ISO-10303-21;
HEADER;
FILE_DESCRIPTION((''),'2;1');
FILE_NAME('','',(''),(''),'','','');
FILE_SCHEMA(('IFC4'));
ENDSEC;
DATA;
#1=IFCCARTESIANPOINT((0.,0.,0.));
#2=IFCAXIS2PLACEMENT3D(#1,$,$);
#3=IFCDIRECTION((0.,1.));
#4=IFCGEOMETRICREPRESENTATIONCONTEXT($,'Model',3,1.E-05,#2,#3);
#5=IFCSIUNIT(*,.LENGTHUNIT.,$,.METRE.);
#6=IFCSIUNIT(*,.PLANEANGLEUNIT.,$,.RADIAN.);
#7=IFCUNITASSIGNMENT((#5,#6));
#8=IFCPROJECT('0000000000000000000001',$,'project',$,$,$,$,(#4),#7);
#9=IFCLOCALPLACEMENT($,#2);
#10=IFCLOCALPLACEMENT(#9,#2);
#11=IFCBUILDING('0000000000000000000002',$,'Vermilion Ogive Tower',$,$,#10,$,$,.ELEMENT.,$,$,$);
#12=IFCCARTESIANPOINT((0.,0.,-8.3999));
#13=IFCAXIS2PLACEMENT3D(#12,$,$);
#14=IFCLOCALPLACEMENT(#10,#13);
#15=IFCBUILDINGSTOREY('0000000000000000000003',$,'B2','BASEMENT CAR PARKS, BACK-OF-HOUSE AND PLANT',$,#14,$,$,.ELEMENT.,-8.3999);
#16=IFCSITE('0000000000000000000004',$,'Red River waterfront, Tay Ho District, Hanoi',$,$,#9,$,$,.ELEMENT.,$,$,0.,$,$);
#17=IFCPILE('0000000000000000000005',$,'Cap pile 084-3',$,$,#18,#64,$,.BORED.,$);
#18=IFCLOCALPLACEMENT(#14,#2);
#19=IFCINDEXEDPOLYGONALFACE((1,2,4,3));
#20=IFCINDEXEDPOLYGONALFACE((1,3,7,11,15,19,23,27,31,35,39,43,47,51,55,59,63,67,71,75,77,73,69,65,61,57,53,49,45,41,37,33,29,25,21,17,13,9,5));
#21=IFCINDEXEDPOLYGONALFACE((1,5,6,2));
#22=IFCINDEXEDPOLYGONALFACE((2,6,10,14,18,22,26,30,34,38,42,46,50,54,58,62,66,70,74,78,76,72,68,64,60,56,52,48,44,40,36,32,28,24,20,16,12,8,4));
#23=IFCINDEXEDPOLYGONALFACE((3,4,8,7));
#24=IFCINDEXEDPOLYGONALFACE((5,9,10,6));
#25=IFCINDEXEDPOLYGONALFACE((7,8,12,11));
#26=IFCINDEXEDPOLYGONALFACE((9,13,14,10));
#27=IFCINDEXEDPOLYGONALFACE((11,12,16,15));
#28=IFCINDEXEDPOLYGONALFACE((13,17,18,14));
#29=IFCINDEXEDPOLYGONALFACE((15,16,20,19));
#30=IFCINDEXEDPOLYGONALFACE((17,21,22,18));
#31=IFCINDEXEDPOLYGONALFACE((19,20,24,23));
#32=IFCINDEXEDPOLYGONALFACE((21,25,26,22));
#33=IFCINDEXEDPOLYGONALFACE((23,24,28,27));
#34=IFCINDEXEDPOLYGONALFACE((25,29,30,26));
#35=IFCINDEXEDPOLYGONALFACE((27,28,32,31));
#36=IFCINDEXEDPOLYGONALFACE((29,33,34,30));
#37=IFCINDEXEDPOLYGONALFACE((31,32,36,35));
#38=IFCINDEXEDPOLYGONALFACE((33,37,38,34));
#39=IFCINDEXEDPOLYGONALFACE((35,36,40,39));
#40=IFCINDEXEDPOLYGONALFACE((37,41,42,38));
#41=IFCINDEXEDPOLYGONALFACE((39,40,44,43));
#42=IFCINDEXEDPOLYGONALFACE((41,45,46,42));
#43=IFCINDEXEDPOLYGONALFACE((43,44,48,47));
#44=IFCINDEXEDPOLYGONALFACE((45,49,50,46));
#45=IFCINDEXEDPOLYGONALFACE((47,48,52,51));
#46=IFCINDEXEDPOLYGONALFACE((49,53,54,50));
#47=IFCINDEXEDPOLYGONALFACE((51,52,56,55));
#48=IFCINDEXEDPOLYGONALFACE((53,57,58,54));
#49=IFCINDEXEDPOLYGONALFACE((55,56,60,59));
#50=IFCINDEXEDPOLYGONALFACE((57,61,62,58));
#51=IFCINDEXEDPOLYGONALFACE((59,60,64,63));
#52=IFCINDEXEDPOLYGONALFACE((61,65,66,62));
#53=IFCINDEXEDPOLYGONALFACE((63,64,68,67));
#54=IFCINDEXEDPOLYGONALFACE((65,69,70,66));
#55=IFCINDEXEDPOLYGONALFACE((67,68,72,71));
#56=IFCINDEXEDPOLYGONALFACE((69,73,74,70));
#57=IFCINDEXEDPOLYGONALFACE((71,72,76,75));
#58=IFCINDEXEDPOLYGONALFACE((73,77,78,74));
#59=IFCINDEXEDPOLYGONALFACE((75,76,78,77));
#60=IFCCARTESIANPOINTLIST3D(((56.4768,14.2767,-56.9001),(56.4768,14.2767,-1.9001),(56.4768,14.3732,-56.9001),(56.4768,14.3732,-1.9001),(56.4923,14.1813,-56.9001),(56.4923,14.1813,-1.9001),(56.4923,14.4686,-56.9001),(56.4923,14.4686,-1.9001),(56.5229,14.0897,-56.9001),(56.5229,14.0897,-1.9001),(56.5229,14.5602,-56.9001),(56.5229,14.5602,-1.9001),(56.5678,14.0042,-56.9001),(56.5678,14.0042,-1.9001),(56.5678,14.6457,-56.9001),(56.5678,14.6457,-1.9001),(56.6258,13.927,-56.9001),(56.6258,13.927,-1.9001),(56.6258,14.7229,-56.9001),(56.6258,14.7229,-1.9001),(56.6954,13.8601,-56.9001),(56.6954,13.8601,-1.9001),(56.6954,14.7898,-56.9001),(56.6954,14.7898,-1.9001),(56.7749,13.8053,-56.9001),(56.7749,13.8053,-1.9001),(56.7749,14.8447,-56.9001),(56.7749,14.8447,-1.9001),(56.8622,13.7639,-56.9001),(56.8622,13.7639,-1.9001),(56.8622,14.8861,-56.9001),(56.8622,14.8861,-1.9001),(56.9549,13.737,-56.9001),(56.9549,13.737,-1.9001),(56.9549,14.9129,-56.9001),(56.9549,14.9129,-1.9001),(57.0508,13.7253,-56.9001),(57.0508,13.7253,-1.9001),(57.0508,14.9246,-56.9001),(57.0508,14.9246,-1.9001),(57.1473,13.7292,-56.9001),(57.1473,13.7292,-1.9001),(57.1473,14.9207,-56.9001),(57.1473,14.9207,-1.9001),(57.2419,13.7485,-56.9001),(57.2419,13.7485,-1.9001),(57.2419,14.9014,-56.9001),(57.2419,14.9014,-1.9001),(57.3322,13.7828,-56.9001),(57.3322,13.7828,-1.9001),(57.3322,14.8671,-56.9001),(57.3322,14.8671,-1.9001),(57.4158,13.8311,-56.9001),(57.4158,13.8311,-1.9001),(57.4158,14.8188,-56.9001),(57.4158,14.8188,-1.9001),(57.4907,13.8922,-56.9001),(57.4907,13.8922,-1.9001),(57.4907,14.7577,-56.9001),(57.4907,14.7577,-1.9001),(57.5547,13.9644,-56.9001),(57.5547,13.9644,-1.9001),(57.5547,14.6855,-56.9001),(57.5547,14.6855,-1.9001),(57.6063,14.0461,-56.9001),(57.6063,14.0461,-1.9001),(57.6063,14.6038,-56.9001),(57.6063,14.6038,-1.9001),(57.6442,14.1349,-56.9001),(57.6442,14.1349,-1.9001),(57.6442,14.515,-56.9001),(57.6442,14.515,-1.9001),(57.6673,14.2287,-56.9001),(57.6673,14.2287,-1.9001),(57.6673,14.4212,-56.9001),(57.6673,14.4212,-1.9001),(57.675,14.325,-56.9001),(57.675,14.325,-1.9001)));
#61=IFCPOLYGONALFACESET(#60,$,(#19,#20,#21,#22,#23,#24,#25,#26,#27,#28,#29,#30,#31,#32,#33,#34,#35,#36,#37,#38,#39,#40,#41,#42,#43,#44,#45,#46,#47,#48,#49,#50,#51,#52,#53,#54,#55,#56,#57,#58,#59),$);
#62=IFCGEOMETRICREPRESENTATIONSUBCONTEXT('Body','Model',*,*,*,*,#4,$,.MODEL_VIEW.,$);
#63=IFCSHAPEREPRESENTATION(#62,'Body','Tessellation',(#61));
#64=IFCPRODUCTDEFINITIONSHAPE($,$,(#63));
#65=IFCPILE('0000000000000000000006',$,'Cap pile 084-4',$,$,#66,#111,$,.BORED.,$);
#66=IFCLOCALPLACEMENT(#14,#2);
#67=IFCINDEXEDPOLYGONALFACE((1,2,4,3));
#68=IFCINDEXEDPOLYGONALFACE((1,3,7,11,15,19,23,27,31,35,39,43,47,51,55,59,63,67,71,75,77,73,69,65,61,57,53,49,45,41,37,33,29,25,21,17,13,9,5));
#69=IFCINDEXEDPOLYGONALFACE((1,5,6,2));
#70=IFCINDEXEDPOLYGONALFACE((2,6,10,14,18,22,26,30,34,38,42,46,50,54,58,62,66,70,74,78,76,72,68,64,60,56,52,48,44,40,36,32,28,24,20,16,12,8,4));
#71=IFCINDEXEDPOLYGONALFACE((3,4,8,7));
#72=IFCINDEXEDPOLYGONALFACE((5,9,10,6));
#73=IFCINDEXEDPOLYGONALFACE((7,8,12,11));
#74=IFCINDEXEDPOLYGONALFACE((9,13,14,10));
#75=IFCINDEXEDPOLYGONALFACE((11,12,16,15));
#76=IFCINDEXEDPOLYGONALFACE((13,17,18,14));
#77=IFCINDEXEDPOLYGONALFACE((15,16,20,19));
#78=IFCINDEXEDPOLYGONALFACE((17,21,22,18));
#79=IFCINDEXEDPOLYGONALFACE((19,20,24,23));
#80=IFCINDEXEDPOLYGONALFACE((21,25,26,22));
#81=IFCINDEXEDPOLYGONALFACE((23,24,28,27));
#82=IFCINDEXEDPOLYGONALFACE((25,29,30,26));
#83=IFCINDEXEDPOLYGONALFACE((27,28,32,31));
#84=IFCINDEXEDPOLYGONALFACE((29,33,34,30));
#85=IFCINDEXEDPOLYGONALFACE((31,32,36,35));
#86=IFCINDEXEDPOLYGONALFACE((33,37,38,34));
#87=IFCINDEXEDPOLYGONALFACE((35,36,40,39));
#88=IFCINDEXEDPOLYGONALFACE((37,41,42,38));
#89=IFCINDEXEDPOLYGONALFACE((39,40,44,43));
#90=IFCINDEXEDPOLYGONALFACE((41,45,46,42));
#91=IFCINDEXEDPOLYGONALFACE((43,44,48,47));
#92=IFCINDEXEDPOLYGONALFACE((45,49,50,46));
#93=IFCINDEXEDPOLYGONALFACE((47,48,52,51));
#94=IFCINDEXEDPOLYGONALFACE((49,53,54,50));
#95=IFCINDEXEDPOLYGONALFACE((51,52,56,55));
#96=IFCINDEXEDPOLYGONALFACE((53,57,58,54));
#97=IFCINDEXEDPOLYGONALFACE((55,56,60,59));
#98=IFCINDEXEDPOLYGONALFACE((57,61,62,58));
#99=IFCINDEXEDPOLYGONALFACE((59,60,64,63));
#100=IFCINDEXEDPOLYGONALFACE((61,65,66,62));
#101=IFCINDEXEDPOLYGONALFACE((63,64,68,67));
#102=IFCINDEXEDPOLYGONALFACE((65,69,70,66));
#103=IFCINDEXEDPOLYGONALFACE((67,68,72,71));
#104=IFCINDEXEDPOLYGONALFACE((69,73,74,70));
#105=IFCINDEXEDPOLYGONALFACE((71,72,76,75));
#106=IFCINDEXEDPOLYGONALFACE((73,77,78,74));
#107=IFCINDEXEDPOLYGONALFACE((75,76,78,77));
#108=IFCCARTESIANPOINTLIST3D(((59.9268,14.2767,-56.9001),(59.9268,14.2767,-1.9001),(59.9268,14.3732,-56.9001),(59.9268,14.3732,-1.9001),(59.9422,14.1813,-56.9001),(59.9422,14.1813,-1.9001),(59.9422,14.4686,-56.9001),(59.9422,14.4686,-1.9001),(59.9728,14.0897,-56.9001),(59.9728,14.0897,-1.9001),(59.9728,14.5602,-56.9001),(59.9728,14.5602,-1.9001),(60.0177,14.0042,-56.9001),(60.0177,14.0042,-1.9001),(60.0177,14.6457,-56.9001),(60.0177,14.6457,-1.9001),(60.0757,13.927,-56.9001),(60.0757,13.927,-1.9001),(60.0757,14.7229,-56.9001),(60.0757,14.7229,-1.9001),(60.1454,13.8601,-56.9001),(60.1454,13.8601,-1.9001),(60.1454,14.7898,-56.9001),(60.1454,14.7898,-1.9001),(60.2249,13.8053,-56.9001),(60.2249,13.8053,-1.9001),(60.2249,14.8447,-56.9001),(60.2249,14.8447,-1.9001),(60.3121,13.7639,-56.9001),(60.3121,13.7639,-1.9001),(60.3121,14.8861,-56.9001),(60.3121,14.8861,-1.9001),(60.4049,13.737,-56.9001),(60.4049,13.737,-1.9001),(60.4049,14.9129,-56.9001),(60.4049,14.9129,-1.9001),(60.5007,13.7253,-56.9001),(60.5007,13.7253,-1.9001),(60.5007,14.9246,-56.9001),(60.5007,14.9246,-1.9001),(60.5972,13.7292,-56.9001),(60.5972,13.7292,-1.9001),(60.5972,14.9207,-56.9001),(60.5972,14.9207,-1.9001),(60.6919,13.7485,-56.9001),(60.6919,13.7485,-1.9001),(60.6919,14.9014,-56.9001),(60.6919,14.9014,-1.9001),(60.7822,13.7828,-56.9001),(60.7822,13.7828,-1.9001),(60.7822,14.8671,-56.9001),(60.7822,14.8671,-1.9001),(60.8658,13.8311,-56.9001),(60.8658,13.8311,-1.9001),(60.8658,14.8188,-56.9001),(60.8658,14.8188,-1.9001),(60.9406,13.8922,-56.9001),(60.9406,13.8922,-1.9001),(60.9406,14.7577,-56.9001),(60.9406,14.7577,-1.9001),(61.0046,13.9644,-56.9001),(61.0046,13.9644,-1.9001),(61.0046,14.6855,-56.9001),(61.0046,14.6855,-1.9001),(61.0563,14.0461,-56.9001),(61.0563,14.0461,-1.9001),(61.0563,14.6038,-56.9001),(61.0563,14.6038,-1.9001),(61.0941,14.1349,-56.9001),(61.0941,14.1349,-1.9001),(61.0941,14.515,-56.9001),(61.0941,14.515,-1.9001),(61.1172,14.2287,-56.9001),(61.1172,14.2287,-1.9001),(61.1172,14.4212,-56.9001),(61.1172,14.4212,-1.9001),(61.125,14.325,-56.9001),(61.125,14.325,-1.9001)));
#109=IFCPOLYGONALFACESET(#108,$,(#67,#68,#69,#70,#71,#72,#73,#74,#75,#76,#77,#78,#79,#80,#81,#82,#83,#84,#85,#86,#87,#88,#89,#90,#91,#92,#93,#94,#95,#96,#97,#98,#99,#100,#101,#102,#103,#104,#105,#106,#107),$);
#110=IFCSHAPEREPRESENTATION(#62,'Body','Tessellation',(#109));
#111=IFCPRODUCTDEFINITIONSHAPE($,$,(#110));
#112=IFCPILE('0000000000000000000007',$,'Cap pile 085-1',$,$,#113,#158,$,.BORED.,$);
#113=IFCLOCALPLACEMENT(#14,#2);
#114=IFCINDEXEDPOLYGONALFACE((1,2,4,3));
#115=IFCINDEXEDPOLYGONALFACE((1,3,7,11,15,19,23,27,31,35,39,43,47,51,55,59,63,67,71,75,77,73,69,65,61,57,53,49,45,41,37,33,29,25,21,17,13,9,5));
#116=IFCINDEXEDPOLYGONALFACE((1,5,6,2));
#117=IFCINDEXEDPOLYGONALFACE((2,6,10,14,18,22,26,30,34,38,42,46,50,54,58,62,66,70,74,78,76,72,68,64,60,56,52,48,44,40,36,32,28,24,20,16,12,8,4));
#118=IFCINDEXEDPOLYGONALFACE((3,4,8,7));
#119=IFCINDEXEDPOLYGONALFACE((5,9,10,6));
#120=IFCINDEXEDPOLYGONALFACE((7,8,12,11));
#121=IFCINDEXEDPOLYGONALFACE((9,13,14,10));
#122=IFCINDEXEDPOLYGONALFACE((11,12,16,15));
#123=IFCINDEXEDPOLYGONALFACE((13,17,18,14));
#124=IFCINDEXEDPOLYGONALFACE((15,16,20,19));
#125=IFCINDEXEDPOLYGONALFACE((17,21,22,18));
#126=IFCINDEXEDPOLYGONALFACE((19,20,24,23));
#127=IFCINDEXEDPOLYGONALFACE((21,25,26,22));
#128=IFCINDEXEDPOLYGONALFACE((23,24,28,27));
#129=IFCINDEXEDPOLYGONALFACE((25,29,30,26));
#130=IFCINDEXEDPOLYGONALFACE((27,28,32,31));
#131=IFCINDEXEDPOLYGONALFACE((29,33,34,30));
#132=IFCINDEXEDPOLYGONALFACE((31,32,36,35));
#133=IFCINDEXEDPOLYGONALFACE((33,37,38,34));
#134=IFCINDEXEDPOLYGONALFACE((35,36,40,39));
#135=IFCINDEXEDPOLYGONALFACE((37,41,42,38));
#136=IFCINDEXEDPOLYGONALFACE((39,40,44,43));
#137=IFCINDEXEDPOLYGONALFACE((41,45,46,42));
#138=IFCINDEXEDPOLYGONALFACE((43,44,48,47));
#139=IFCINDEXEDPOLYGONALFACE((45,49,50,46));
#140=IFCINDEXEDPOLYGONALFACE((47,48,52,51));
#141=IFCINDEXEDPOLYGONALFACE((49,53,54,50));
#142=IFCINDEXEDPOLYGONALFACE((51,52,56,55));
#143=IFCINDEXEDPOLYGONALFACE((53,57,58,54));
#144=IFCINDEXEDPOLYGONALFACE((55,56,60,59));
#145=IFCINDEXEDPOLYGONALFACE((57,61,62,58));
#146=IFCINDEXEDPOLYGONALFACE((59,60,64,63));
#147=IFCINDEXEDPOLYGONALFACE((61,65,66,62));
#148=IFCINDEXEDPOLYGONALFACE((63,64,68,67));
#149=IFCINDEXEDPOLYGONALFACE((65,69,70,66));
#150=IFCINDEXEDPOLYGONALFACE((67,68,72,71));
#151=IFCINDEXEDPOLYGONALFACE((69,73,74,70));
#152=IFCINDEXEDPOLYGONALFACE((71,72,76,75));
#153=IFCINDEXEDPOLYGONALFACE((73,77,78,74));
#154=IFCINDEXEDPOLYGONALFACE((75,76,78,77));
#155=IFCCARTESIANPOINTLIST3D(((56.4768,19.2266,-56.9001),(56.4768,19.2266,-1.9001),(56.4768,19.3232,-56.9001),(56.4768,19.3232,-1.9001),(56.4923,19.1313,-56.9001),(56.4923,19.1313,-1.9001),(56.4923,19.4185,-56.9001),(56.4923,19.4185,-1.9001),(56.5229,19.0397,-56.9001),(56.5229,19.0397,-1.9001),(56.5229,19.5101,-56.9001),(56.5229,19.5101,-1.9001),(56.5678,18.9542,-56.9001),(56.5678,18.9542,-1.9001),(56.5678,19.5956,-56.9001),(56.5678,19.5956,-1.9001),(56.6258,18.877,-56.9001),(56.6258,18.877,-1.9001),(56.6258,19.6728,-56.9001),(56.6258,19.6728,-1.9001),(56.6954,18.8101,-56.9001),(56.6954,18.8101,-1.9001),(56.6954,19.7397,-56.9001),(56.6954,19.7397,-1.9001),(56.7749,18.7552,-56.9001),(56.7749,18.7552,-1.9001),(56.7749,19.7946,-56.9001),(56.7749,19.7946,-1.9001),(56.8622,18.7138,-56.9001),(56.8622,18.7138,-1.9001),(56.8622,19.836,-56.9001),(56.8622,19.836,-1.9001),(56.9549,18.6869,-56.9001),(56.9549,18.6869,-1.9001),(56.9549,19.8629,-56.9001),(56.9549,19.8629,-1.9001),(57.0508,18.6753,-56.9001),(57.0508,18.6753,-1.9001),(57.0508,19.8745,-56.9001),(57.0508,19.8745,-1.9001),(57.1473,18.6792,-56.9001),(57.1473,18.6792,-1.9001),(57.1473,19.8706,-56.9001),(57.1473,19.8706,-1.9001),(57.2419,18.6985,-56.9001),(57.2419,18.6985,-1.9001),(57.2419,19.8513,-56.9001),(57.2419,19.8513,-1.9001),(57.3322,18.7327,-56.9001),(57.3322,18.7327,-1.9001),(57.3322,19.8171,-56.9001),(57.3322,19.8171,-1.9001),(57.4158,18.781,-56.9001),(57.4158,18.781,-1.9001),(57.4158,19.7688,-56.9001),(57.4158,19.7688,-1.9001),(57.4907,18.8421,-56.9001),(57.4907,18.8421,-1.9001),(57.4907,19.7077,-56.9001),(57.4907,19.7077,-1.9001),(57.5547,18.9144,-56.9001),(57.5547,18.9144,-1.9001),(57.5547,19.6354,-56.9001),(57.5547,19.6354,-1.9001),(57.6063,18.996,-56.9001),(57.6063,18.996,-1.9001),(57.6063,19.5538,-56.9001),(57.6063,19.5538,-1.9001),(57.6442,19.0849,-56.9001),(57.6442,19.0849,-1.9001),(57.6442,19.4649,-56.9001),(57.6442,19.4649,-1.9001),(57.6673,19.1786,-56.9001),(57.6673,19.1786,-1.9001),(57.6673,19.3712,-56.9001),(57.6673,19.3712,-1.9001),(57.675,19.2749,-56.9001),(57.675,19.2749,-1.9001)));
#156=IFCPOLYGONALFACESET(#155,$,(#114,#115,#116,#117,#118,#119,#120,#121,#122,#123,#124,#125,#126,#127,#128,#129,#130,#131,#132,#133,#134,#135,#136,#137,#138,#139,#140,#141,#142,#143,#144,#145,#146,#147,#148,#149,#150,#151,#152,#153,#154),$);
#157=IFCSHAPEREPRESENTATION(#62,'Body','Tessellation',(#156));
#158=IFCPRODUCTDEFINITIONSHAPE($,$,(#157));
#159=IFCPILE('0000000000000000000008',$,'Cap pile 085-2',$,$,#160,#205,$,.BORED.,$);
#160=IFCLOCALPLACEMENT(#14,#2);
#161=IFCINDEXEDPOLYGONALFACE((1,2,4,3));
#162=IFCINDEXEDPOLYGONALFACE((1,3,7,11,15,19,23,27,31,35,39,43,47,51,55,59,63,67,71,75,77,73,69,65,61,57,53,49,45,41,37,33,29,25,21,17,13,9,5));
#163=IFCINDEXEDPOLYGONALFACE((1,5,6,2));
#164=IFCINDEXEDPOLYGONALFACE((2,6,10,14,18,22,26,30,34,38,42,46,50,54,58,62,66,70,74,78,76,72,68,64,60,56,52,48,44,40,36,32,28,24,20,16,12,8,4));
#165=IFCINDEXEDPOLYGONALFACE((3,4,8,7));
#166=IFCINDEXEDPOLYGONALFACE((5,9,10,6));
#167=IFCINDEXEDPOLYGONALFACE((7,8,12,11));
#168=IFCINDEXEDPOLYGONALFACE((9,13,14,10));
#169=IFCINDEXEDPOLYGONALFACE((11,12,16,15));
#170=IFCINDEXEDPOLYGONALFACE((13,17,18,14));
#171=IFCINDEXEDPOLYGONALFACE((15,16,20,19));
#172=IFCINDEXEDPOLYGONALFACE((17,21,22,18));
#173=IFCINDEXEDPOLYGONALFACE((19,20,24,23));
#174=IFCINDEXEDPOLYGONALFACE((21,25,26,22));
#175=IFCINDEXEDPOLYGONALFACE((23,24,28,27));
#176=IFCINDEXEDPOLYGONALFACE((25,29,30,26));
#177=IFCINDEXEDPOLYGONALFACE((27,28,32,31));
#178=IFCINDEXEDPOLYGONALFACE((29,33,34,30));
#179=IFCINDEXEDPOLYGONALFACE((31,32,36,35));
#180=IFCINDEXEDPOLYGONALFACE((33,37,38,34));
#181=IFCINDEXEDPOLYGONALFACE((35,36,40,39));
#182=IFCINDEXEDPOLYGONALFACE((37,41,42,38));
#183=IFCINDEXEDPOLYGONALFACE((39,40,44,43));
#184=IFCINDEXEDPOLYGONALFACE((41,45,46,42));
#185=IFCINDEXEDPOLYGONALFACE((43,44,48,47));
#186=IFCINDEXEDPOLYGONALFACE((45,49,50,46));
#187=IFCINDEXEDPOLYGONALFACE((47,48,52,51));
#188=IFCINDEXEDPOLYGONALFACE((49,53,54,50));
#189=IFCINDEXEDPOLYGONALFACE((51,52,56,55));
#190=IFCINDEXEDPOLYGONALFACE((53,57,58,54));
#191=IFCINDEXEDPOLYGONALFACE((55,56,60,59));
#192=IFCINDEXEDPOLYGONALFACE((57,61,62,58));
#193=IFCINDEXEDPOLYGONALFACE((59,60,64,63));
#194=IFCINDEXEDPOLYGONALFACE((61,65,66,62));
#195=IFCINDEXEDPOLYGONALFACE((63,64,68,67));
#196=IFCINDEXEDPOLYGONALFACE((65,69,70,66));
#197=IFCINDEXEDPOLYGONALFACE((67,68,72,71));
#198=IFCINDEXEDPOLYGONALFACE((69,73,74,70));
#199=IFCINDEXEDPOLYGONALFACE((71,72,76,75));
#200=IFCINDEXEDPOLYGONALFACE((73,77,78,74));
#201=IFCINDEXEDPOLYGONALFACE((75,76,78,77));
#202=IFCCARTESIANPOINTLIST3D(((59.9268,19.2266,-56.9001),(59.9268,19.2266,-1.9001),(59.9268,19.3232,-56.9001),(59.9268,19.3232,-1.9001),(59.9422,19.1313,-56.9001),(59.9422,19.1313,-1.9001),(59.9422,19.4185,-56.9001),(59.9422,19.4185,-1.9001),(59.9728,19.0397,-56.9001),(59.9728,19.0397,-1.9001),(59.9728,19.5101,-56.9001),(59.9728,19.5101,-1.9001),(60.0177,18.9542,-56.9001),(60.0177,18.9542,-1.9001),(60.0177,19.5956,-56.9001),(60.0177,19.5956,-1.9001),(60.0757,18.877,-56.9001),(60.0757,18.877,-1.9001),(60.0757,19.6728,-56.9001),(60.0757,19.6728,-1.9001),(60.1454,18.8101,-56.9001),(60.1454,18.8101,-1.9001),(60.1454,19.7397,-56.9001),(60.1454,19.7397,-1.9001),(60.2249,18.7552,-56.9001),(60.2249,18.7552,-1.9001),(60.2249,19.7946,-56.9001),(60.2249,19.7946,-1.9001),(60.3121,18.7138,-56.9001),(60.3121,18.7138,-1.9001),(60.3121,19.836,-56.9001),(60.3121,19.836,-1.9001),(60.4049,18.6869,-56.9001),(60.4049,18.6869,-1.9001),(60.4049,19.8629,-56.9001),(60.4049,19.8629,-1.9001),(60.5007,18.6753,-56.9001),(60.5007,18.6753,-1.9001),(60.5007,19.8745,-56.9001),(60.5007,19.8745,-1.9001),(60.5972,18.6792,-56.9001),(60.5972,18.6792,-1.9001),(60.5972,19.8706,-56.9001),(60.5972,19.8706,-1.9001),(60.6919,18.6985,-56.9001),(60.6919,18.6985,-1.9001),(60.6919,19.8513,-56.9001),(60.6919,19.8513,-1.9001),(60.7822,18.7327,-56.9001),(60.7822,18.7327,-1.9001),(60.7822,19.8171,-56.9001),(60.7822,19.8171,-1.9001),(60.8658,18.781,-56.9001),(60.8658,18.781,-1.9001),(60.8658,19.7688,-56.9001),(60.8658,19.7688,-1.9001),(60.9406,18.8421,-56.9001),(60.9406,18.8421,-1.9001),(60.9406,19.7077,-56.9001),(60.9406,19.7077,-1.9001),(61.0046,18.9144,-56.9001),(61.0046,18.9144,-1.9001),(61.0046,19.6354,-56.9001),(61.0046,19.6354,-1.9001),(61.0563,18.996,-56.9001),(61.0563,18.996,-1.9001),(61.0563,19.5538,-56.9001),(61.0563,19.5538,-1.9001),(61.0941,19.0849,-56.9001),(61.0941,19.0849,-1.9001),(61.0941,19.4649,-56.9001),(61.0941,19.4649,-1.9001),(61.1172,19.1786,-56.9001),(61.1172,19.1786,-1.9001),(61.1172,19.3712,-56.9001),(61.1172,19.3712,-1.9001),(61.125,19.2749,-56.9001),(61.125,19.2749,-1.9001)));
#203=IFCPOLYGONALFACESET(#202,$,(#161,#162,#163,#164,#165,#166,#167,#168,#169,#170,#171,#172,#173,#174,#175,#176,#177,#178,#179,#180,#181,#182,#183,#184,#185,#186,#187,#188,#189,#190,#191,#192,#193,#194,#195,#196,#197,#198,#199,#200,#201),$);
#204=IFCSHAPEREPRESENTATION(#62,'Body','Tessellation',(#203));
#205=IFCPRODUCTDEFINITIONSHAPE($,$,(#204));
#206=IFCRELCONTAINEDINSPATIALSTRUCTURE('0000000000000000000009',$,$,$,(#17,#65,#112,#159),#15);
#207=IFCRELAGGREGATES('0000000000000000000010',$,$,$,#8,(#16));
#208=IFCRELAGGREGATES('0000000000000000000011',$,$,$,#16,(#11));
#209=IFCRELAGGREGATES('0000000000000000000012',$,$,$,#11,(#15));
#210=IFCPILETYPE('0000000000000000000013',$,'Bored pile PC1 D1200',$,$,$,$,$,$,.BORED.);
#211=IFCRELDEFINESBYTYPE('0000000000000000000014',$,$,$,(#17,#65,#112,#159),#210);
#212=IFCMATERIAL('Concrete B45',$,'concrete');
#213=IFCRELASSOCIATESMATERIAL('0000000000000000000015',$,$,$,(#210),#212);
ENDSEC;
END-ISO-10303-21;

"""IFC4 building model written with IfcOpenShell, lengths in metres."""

from ifc_helpers import new_model, si_unit, direction, frame, origin, origin_2d, place, context, subcontext, project, spatial, circle, extrude, material, type_object, element, save


model = new_model("IFC4")

# Units and contexts
model_context = context("Model", 3, precision=1e-05, world=origin(), true_north=direction((0.0, 1.0)))
body_context = subcontext(model_context, "Body", "Model", "MODEL_VIEW")
ifc_project = project(units=[si_unit("LENGTHUNIT", "METRE"), si_unit("PLANEANGLEUNIT", "RADIAN")], contexts=[model_context])

# Site, building, storey
site_placement = place(None, origin())
site = spatial("IfcSite", under=ifc_project, at=site_placement, Name="Red River waterfront, Tay Ho District, Hanoi", CompositionType="ELEMENT", RefElevation=0.0)
building_placement = place(site_placement, origin())
building = spatial("IfcBuilding", under=site, at=building_placement, Name="Vermilion Ogive Tower", CompositionType="ELEMENT")
storey_placement = place(building_placement, frame((0.0, 0.0, -8.3999)))
storey = spatial("IfcBuildingStorey", under=building, at=storey_placement, Name="B2", Description="BASEMENT CAR PARKS, BACK-OF-HOUSE AND PLANT", CompositionType="ELEMENT", Elevation=-8.3999)

# Piles
ifc_material_1 = material(Name="Concrete B45", Category="concrete")
pile_type = type_object("IfcPileType", Name="Bored pile PC1 D1200", PredefinedType="BORED", material=ifc_material_1)
for number, where, z_axis, x_axis, name in (
    (1, (57.075, 14.325, -1.9001), (0.0, 0.0, -1.0), (1.0, 0.0, 0.0), "Cap pile 084-3"),
    (2, (60.5249, 14.325, -1.9001), (0.0, 0.0, -1.0), (1.0, 0.0, 0.0), "Cap pile 084-4"),
    (3, (57.075, 19.2749, -1.9001), (0.0, 0.0, -1.0), (1.0, 0.0, 0.0), "Cap pile 085-1"),
    (4, (60.5249, 19.2749, -1.9001), (0.0, 0.0, -1.0), (1.0, 0.0, 0.0), "Cap pile 085-2"),
):
    element("IfcPile", number, at=place(storey_placement, frame(where, z_axis=z_axis, x_axis=x_axis)), inside=storey, type_object=pile_type, Name=name, PredefinedType="BORED", context=body_context, shape_type="SweptSolid", body=[
        extrude(circle(Radius=0.6001, at=origin_2d()), origin(), (0.0, 0.0, 1.0), 55.0),
    ])

save(model, "model.ifc")
